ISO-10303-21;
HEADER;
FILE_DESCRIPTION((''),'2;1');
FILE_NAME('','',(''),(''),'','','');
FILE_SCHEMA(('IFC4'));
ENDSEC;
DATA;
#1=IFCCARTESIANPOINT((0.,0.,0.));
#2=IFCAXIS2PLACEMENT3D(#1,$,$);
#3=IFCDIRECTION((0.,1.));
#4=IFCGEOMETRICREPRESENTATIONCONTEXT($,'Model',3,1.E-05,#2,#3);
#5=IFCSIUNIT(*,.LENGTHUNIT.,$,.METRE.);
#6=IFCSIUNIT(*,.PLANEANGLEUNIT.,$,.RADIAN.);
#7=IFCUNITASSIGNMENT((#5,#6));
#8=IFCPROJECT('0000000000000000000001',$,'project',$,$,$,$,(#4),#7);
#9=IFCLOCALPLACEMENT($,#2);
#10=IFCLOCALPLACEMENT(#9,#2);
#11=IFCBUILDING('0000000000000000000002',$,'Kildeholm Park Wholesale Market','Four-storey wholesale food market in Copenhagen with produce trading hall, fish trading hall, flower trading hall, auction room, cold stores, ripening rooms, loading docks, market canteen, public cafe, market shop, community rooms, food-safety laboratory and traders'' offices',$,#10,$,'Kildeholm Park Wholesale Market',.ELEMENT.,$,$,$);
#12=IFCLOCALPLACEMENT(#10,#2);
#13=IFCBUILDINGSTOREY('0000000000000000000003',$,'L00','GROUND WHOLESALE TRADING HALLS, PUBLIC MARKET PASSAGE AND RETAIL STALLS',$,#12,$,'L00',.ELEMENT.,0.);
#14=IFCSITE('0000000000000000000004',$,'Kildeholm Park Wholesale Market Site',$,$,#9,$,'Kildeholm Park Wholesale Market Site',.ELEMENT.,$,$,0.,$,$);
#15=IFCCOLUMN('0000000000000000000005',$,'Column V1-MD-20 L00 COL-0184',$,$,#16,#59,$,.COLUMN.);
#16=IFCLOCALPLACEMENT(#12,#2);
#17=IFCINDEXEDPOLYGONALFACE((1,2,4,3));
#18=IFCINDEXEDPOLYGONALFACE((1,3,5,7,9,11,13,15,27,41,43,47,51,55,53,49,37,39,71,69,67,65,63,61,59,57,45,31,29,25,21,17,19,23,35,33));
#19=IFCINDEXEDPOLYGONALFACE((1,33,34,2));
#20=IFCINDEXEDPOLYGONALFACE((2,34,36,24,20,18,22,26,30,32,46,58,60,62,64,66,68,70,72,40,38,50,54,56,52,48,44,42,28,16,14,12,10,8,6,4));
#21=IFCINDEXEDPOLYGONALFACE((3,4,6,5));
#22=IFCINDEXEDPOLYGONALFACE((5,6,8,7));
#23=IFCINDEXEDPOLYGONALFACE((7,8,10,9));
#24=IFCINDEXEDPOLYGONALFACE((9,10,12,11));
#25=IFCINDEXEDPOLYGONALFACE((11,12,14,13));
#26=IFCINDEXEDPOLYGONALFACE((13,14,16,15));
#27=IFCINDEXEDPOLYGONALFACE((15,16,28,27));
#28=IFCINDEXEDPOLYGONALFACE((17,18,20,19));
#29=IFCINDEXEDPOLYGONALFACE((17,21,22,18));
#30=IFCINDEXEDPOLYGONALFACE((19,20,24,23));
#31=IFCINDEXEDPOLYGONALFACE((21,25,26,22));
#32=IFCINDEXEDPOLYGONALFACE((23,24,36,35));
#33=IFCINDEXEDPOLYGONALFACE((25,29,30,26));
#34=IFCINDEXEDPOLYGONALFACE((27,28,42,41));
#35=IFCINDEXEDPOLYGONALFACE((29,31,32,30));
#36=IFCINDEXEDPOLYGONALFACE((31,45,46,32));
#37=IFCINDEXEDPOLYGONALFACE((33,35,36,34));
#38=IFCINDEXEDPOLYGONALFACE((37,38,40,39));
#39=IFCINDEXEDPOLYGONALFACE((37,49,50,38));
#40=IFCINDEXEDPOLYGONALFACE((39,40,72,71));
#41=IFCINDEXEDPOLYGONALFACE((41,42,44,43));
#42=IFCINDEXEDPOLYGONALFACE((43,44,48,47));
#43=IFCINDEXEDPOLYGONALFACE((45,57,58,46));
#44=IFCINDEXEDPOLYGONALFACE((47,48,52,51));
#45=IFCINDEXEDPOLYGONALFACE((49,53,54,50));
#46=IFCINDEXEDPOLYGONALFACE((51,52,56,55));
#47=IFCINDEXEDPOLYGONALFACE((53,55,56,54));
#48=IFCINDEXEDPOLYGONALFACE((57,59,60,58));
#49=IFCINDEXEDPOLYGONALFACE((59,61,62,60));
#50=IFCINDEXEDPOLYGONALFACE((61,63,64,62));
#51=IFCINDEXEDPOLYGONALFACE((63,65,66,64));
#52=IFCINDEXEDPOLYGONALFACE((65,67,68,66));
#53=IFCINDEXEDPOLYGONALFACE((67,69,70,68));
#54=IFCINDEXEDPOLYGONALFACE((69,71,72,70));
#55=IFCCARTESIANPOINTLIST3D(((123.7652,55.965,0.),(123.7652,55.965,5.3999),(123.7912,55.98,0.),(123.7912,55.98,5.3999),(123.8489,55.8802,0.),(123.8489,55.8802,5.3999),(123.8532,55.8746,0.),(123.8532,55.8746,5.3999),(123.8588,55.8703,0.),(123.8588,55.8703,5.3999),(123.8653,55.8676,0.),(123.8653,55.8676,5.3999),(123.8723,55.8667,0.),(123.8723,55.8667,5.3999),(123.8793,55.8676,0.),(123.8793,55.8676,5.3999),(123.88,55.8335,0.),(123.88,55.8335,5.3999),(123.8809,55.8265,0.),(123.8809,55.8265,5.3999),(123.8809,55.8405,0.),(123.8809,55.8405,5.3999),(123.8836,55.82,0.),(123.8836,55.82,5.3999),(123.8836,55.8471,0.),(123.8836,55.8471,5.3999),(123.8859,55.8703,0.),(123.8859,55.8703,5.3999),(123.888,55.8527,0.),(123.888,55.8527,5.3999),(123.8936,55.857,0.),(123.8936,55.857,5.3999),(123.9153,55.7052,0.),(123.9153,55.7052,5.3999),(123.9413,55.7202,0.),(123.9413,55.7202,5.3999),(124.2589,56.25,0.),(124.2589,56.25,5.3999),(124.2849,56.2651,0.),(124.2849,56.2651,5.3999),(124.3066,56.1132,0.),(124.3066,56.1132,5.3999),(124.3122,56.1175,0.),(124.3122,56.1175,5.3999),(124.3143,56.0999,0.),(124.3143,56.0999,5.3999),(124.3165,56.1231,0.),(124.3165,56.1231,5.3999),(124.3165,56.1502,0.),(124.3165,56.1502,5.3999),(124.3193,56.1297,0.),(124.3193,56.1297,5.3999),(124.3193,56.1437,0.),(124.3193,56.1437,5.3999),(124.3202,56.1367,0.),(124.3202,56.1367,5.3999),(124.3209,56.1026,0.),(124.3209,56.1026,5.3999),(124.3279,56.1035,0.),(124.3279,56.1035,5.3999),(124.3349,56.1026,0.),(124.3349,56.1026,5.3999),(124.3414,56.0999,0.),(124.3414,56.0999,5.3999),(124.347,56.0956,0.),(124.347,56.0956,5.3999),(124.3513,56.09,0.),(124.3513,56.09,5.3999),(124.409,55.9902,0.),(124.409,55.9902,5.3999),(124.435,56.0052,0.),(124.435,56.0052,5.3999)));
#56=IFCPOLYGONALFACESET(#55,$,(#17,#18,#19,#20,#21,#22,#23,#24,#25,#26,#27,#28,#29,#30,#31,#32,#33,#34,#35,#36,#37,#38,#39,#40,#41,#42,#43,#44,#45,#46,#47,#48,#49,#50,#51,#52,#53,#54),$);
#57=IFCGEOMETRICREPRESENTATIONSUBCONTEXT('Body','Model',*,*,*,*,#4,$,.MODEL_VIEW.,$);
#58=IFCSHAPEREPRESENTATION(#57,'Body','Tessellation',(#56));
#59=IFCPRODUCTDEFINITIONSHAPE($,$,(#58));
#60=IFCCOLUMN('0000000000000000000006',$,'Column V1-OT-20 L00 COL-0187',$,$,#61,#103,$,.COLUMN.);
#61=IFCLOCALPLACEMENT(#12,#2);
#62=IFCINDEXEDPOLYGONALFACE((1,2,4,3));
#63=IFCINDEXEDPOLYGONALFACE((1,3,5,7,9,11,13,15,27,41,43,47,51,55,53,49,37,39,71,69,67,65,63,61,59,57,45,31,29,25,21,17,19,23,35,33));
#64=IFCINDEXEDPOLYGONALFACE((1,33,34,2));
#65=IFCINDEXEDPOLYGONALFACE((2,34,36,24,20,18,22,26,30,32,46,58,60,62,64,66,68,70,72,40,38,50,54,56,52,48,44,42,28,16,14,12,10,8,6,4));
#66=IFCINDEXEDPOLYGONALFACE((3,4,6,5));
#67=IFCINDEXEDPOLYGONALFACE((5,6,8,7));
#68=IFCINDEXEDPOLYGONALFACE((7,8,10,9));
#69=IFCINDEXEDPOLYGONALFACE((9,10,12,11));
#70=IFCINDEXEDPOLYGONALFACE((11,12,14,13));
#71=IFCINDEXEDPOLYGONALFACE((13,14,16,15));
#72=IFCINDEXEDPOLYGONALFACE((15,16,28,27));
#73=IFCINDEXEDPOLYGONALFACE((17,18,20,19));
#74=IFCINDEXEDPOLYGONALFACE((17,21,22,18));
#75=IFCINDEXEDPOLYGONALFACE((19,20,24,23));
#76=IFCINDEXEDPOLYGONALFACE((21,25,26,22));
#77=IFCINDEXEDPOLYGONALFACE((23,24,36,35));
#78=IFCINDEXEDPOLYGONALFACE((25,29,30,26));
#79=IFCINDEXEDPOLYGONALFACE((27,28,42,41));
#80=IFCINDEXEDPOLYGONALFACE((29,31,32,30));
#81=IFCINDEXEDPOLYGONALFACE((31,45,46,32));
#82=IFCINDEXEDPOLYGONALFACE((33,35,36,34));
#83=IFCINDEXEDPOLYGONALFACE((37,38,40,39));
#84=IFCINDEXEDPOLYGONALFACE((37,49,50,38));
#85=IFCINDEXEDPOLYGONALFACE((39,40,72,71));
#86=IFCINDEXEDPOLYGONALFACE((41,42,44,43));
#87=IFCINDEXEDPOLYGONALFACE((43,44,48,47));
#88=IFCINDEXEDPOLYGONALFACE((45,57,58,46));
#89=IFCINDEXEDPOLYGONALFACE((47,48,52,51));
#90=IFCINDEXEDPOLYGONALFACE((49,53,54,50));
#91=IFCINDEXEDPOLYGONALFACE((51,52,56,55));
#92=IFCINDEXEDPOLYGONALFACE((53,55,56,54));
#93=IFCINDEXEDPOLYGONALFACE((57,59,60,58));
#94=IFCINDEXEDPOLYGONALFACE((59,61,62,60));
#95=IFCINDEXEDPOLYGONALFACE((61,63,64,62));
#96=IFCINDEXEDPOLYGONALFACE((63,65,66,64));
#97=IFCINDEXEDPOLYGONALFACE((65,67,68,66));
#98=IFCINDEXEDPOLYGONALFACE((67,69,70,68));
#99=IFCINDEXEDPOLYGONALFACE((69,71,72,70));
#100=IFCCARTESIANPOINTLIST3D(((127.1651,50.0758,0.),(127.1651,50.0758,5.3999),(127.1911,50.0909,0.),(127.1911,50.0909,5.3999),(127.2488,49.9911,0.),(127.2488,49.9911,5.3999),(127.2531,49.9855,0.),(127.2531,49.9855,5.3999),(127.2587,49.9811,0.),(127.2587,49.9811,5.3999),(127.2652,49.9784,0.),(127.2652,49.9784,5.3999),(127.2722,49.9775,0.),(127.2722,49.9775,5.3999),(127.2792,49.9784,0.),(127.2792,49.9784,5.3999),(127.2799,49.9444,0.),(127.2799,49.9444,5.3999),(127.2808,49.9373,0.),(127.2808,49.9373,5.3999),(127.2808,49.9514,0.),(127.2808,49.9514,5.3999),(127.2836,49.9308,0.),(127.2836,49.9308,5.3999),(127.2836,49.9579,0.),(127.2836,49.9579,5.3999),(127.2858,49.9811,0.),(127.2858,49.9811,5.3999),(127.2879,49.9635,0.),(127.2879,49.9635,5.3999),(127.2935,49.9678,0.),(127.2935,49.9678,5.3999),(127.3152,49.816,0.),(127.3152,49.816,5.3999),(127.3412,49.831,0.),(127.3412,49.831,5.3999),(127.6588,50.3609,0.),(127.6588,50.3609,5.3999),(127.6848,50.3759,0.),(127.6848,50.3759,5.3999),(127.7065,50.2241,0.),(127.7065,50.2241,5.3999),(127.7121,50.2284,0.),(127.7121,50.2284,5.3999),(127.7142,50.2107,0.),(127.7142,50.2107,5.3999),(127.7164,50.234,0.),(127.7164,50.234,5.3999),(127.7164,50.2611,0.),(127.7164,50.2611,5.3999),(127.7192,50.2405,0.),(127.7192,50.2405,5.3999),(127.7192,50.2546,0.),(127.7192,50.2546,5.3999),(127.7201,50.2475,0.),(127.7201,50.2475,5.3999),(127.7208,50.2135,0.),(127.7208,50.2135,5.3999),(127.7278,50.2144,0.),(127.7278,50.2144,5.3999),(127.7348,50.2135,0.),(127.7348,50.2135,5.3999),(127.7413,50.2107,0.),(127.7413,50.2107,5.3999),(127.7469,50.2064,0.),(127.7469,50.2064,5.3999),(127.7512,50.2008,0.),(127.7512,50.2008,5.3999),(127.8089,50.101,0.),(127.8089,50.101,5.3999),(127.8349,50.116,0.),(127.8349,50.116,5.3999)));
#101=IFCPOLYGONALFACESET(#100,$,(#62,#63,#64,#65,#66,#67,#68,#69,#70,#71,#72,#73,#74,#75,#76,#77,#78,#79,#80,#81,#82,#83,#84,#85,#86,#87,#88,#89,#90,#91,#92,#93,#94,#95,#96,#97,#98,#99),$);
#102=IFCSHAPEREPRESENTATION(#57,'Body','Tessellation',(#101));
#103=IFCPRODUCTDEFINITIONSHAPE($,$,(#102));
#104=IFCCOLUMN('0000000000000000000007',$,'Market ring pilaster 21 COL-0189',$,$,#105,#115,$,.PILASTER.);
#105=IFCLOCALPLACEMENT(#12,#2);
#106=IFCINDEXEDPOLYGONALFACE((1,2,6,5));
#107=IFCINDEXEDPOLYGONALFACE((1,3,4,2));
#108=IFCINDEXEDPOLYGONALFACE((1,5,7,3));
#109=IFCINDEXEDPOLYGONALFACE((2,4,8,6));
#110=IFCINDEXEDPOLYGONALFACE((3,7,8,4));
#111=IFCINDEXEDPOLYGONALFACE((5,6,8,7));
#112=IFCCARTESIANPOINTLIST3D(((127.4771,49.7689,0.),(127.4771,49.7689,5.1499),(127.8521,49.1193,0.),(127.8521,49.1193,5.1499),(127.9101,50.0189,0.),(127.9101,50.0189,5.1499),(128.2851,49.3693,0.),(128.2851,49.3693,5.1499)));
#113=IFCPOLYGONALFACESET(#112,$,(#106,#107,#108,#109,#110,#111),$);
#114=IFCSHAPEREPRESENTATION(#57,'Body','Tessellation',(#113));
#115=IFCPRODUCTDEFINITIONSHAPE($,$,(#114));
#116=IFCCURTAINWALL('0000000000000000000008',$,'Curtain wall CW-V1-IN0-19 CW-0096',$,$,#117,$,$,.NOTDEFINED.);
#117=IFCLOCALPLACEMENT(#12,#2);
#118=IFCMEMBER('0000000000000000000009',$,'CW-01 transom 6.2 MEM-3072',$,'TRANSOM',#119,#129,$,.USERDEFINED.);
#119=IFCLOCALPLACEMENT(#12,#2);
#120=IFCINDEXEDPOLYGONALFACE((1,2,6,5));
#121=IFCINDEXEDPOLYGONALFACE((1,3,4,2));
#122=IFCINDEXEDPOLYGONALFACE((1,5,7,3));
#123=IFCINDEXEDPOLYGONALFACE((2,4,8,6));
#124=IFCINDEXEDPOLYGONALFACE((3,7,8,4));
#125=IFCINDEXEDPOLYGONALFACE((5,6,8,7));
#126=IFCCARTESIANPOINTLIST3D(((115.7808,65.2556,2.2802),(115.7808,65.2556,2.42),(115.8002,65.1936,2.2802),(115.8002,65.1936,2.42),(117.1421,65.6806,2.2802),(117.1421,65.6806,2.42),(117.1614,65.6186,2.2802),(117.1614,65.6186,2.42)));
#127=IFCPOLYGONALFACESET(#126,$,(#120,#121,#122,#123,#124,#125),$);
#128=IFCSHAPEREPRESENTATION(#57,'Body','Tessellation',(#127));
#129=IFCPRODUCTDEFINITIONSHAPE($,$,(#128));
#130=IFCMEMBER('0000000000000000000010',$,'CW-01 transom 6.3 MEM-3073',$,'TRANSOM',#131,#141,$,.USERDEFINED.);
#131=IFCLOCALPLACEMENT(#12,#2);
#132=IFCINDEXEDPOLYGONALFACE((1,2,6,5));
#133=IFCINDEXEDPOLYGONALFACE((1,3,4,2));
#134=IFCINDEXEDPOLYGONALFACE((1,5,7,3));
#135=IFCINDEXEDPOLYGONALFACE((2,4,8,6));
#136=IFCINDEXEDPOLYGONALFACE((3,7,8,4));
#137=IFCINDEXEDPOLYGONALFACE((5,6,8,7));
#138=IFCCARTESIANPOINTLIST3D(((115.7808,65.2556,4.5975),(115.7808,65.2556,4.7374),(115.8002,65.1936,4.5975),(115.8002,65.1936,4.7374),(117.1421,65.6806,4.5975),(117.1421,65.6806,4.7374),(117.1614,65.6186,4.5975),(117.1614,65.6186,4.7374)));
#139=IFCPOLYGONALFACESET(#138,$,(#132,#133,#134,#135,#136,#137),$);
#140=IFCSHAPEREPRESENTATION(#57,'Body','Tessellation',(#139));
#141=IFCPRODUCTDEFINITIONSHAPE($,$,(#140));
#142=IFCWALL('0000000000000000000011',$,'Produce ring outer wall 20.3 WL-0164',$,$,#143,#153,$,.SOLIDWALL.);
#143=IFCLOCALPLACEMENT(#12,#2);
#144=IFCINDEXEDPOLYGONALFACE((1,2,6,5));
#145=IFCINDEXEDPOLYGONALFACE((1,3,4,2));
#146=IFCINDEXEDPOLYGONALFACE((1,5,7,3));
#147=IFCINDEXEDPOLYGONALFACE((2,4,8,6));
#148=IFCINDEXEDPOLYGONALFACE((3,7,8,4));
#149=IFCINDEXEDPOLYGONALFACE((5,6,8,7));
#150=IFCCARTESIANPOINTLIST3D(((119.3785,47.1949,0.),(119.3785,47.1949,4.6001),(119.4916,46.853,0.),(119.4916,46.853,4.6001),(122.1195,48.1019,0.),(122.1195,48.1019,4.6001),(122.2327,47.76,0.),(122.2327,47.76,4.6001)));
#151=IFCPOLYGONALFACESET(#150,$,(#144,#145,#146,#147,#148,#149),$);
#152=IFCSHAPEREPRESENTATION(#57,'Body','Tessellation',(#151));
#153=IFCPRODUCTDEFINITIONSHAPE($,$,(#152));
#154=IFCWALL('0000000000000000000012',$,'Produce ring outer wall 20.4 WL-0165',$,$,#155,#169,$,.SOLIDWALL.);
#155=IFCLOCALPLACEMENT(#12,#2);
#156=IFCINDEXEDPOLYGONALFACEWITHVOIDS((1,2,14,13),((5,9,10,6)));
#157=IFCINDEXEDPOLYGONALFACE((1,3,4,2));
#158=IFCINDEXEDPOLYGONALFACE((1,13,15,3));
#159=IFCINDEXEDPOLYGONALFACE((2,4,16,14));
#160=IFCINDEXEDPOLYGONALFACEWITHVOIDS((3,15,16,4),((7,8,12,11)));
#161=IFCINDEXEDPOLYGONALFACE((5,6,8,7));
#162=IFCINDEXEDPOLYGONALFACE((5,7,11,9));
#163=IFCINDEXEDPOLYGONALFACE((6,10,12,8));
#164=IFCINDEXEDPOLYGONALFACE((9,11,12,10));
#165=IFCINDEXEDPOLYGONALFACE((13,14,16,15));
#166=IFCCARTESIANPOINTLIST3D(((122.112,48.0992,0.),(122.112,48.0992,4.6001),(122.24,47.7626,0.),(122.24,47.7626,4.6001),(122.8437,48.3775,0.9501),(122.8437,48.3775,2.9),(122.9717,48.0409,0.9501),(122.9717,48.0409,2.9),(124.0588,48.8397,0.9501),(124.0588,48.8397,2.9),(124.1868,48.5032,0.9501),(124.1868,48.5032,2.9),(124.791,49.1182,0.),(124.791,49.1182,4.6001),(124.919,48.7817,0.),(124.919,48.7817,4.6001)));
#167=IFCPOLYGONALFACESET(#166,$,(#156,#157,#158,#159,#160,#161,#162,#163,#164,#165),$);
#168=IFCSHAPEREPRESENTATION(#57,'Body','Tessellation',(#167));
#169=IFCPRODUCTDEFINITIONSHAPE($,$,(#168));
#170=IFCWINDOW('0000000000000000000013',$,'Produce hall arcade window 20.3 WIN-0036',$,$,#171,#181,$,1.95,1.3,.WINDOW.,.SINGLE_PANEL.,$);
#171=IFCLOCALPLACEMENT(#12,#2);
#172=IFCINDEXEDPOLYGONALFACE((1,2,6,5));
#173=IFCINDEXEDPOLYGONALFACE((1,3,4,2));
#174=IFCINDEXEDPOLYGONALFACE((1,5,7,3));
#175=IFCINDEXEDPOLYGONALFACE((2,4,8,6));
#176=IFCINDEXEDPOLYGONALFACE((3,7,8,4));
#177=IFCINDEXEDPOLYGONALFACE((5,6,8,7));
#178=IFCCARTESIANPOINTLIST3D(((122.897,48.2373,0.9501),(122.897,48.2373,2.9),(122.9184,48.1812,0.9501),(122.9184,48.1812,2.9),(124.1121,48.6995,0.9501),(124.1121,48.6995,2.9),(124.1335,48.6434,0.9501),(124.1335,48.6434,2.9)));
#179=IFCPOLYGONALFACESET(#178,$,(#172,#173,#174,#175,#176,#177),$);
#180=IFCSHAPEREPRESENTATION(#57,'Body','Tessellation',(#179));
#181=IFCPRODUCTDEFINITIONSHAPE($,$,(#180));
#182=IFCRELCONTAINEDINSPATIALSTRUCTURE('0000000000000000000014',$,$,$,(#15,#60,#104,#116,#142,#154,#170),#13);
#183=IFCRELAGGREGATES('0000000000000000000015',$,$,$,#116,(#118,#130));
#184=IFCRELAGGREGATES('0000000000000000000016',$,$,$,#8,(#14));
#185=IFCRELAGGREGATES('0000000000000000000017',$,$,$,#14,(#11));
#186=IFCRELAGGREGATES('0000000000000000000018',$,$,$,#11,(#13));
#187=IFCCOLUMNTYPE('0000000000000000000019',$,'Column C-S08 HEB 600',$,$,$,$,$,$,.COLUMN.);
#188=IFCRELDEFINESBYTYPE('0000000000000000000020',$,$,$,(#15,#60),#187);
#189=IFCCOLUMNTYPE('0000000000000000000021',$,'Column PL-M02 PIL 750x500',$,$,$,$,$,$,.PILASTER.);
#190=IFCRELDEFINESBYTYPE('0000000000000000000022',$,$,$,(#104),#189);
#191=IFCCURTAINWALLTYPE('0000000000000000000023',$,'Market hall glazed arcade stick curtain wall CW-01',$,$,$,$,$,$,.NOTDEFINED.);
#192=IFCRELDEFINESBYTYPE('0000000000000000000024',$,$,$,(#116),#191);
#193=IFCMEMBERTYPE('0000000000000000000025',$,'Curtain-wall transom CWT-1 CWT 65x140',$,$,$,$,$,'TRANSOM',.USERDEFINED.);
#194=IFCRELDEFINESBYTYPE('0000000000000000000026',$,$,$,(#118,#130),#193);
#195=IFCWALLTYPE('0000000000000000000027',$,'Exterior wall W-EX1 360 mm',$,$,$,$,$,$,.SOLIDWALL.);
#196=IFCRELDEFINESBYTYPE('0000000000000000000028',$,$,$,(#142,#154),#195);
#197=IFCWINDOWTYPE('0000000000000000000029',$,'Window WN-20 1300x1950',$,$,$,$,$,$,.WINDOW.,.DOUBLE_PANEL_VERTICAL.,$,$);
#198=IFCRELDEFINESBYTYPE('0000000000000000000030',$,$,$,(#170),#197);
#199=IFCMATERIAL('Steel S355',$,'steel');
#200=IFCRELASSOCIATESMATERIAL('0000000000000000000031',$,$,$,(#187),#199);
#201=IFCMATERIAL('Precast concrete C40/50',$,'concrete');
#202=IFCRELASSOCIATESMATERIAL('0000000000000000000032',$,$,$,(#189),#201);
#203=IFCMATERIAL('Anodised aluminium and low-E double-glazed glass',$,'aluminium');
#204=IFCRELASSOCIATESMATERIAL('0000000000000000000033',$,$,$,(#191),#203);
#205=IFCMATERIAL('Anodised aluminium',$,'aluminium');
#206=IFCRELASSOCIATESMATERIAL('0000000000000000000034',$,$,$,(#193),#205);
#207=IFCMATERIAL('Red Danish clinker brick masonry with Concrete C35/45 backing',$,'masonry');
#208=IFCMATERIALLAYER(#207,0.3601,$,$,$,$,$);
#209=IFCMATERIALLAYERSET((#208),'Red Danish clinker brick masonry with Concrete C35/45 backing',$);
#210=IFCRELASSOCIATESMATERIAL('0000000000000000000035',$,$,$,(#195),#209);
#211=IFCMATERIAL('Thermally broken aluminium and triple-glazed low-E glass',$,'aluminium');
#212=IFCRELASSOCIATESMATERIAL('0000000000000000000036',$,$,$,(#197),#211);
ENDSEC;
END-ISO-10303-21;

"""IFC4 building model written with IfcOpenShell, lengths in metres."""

from ifc_helpers import new_model, si_unit, direction, frame, frame_2d, origin, origin_2d, place, context, subcontext, project, spatial, rectangle, i_section, extrude, material, layer, layer_set, material_profile, profile_set, type_object, element, fill, aggregate, save


model = new_model("IFC4")

# Units and contexts
model_context = context("Model", 3, precision=1e-05, world=origin(), true_north=direction((0.0, 1.0)))
body_context = subcontext(model_context, "Body", "Model", "MODEL_VIEW")
ifc_project = project(units=[si_unit("LENGTHUNIT", "METRE"), si_unit("PLANEANGLEUNIT", "RADIAN")], contexts=[model_context])

# Site, building, storey
site_placement = place(None, origin())
site = spatial("IfcSite", under=ifc_project, at=site_placement, Name="Kildeholm Park Wholesale Market Site", LongName="Kildeholm Park Wholesale Market Site", CompositionType="ELEMENT", RefElevation=0.0)
building_placement = place(site_placement, origin())
building = spatial("IfcBuilding", under=site, at=building_placement, Name="Kildeholm Park Wholesale Market", Description="Four-storey wholesale food market in Copenhagen with produce trading hall, fish trading hall, flower trading hall, auction room, cold stores, ripening rooms, loading docks, market canteen, public cafe, market shop, community rooms, food-safety laboratory and traders' offices", LongName="Kildeholm Park Wholesale Market", CompositionType="ELEMENT")
storey_placement = place(building_placement, origin())
storey = spatial("IfcBuildingStorey", under=building, at=storey_placement, Name="L00", Description="GROUND WHOLESALE TRADING HALLS, PUBLIC MARKET PASSAGE AND RETAIL STALLS", LongName="L00", CompositionType="ELEMENT", Elevation=0.0)

# Columns
ifc_material_1 = material(Name="Steel S355", Category="steel")
ifc_material_profile_1 = material_profile(ifc_material_1, i_section(OverallWidth=0.3, OverallDepth=0.6001, WebThickness=0.0154, FlangeThickness=0.03, FilletRadius=0.0271, at=origin_2d()), Name="HEB 600")
ifc_profile_set_1 = profile_set([ifc_material_profile_1], Name="Steel S355")
column_type_1 = type_object("IfcColumnType", Name="Column C-S08 HEB 600", PredefinedType="COLUMN", material=ifc_profile_set_1)
for number, where, z_axis, x_axis, name in (
    (1, (124.1001, 55.9851, 0.0), (0.0, 0.0, 1.0), (0.5, -0.866025, 0.0), "Column V1-MD-20 L00 COL-0184"),
    (2, (127.5, 50.0959, 0.0), (0.0, 0.0, 1.0), (0.5, -0.866025, 0.0), "Column V1-OT-20 L00 COL-0187"),
):
    element("IfcColumn", number, at=place(storey_placement, frame(where, z_axis=z_axis, x_axis=x_axis)), inside=storey, type_object=column_type_1, Name=name, PredefinedType="COLUMN", context=body_context, shape_type="SweptSolid", body=[
        extrude(i_section(OverallWidth=0.3, OverallDepth=0.6001, WebThickness=0.0154, FlangeThickness=0.03, FilletRadius=0.0271, at=origin_2d()), origin(), (0.0, 0.0, 1.0), 5.3999),
    ])
ifc_material_2 = material(Name="Precast concrete C40/50", Category="concrete")
ifc_material_profile_2 = material_profile(ifc_material_2, rectangle(XDim=0.75, YDim=0.5, at=origin_2d()), Name="PIL 750x500")
ifc_profile_set_2 = profile_set([ifc_material_profile_2], Name="Precast concrete C40/50")
column_type_2 = type_object("IfcColumnType", Name="Column PL-M02 PIL 750x500", PredefinedType="PILASTER", material=ifc_profile_set_2)
column_placement = place(storey_placement, frame((127.8811, 49.5691, 0.0), z_axis=(0.0, 0.0, 1.0), x_axis=(0.5, -0.866025, 0.0)))
element("IfcColumn", 3, at=column_placement, inside=storey, type_object=column_type_2, Name="Market ring pilaster 21 COL-0189", PredefinedType="PILASTER", context=body_context, shape_type="SweptSolid", body=[
    extrude(rectangle(XDim=0.75, YDim=0.5, at=origin_2d()), origin(), (0.0, 0.0, 1.0), 5.1499),
])

# Curtain wall, members
ifc_material_3 = material(Name="Anodised aluminium and low-E double-glazed glass", Category="aluminium")
curtain_wall_type = type_object("IfcCurtainWallType", Name="Market hall glazed arcade stick curtain wall CW-01", PredefinedType="NOTDEFINED", material=ifc_material_3)
curtain_wall_placement = place(storey_placement, origin())
curtain_wall = element("IfcCurtainWall", 4, at=curtain_wall_placement, inside=storey, type_object=curtain_wall_type, Name="Curtain wall CW-V1-IN0-19 CW-0096", PredefinedType="NOTDEFINED")
ifc_material_4 = material(Name="Anodised aluminium", Category="aluminium")
ifc_material_profile_3 = material_profile(ifc_material_4, rectangle(XDim=0.0649, YDim=0.1399, at=origin_2d()), Name="CWT 65x140")
ifc_profile_set_3 = profile_set([ifc_material_profile_3], Name="Anodised aluminium")
member_type = type_object("IfcMemberType", Name="Curtain-wall transom CWT-1 CWT 65x140", ElementType="TRANSOM", PredefinedType="USERDEFINED", material=ifc_profile_set_3)
member_1_placement = place(storey_placement, frame((115.7905, 65.2246, 2.3501), z_axis=(0.954553, 0.298041, 0.0), x_axis=(-0.298041, 0.954553, 0.0)))
member_1 = element("IfcMember", 5, at=member_1_placement, type_object=member_type, Name="CW-01 transom 6.2 MEM-3072", ObjectType="TRANSOM", PredefinedType="USERDEFINED", context=body_context, shape_type="SweptSolid", body=[
    extrude(rectangle(XDim=0.0649, YDim=0.1399, at=origin_2d()), origin(), (0.0, 0.0, 1.0), 1.426),
])
member_2_placement = place(storey_placement, frame((115.7905, 65.2246, 4.6675), z_axis=(0.954553, 0.298041, 0.0), x_axis=(-0.298041, 0.954553, 0.0)))
member_2 = element("IfcMember", 6, at=member_2_placement, type_object=member_type, Name="CW-01 transom 6.3 MEM-3073", ObjectType="TRANSOM", PredefinedType="USERDEFINED", context=body_context, shape_type="SweptSolid", body=[
    extrude(rectangle(XDim=0.0649, YDim=0.1399, at=origin_2d()), origin(), (0.0, 0.0, 1.0), 1.426),
])
aggregate(curtain_wall, [member_1, member_2])

# Wall
ifc_material_5 = material(Name="Red Danish clinker brick masonry with Concrete C35/45 backing", Category="masonry")
ifc_layer_1 = layer(ifc_material_5, 0.3601)
ifc_layer_set_1 = layer_set([ifc_layer_1], Name="Red Danish clinker brick masonry with Concrete C35/45 backing")
wall_type_1 = type_object("IfcWallType", Name="Exterior wall W-EX1 360 mm", PredefinedType="SOLIDWALL", material=ifc_layer_set_1)
wall_1_placement = place(storey_placement, frame((119.4351, 47.0239, 0.0), z_axis=(0.0, 0.0, 1.0), x_axis=(0.949374, 0.314147, 0.0)))
element("IfcWall", 7, at=wall_1_placement, inside=storey, type_object=wall_type_1, Name="Produce ring outer wall 20.3 WL-0164", PredefinedType="SOLIDWALL", context=body_context, shape_type="SweptSolid", body=[
    extrude(rectangle(XDim=2.8872, YDim=0.3601, at=frame_2d((1.4436, 0.0))), origin(), (0.0, 0.0, 1.0), 4.6001),
])

# Wall, opening, window
wall_2_placement = place(storey_placement, frame((122.176, 47.9309, 0.0), z_axis=(0.0, 0.0, 1.0), x_axis=(0.934663, 0.355535, 0.0)))
wall_2 = element("IfcWall", 8, at=wall_2_placement, inside=storey, type_object=wall_type_1, Name="Produce ring outer wall 20.4 WL-0165", PredefinedType="SOLIDWALL", context=body_context, shape_type="SweptSolid", body=[
    extrude(rectangle(XDim=2.8662, YDim=0.3601, at=frame_2d((1.4331, 0.0))), origin(), (0.0, 0.0, 1.0), 4.6001),
])
opening_1_placement = place(wall_2_placement, frame((0.783, 0.0, 0.95)))
opening_1 = element("IfcOpeningElement", 9, at=opening_1_placement, cuts=wall_2, PredefinedType="OPENING", context=body_context, shape_type="SweptSolid", body=[
    extrude(rectangle(XDim=1.3, YDim=1.95, at=frame_2d((0.6499, 0.9751))), frame((0.0, 0.1899, 0.0), z_axis=(0.0, -1.0, 0.0), x_axis=(1.0, 0.0, 0.0)), (0.0, 0.0, 1.0), 0.3801),
])
ifc_material_6 = material(Name="Thermally broken aluminium and triple-glazed low-E glass", Category="aluminium")
window_type_1 = type_object("IfcWindowType", Name="Window WN-20 1300x1950", PartitioningType="DOUBLE_PANEL_VERTICAL", PredefinedType="WINDOW", material=ifc_material_6)
window_1_placement = place(opening_1_placement, origin())
window_1 = element("IfcWindow", 10, at=window_1_placement, inside=storey, type_object=window_type_1, Name="Produce hall arcade window 20.3 WIN-0036", OverallHeight=1.95, OverallWidth=1.3, PartitioningType="SINGLE_PANEL", PredefinedType="WINDOW", context=body_context, shape_type="SweptSolid", body=[
    extrude(rectangle(XDim=1.3, YDim=1.95, at=frame_2d((0.6499, 0.9751))), frame((0.0, 0.03, 0.0), z_axis=(0.0, -1.0, 0.0), x_axis=(1.0, 0.0, 0.0)), (0.0, 0.0, 1.0), 0.0601),
])
fill(opening_1, window_1)

save(model, "model.ifc")
